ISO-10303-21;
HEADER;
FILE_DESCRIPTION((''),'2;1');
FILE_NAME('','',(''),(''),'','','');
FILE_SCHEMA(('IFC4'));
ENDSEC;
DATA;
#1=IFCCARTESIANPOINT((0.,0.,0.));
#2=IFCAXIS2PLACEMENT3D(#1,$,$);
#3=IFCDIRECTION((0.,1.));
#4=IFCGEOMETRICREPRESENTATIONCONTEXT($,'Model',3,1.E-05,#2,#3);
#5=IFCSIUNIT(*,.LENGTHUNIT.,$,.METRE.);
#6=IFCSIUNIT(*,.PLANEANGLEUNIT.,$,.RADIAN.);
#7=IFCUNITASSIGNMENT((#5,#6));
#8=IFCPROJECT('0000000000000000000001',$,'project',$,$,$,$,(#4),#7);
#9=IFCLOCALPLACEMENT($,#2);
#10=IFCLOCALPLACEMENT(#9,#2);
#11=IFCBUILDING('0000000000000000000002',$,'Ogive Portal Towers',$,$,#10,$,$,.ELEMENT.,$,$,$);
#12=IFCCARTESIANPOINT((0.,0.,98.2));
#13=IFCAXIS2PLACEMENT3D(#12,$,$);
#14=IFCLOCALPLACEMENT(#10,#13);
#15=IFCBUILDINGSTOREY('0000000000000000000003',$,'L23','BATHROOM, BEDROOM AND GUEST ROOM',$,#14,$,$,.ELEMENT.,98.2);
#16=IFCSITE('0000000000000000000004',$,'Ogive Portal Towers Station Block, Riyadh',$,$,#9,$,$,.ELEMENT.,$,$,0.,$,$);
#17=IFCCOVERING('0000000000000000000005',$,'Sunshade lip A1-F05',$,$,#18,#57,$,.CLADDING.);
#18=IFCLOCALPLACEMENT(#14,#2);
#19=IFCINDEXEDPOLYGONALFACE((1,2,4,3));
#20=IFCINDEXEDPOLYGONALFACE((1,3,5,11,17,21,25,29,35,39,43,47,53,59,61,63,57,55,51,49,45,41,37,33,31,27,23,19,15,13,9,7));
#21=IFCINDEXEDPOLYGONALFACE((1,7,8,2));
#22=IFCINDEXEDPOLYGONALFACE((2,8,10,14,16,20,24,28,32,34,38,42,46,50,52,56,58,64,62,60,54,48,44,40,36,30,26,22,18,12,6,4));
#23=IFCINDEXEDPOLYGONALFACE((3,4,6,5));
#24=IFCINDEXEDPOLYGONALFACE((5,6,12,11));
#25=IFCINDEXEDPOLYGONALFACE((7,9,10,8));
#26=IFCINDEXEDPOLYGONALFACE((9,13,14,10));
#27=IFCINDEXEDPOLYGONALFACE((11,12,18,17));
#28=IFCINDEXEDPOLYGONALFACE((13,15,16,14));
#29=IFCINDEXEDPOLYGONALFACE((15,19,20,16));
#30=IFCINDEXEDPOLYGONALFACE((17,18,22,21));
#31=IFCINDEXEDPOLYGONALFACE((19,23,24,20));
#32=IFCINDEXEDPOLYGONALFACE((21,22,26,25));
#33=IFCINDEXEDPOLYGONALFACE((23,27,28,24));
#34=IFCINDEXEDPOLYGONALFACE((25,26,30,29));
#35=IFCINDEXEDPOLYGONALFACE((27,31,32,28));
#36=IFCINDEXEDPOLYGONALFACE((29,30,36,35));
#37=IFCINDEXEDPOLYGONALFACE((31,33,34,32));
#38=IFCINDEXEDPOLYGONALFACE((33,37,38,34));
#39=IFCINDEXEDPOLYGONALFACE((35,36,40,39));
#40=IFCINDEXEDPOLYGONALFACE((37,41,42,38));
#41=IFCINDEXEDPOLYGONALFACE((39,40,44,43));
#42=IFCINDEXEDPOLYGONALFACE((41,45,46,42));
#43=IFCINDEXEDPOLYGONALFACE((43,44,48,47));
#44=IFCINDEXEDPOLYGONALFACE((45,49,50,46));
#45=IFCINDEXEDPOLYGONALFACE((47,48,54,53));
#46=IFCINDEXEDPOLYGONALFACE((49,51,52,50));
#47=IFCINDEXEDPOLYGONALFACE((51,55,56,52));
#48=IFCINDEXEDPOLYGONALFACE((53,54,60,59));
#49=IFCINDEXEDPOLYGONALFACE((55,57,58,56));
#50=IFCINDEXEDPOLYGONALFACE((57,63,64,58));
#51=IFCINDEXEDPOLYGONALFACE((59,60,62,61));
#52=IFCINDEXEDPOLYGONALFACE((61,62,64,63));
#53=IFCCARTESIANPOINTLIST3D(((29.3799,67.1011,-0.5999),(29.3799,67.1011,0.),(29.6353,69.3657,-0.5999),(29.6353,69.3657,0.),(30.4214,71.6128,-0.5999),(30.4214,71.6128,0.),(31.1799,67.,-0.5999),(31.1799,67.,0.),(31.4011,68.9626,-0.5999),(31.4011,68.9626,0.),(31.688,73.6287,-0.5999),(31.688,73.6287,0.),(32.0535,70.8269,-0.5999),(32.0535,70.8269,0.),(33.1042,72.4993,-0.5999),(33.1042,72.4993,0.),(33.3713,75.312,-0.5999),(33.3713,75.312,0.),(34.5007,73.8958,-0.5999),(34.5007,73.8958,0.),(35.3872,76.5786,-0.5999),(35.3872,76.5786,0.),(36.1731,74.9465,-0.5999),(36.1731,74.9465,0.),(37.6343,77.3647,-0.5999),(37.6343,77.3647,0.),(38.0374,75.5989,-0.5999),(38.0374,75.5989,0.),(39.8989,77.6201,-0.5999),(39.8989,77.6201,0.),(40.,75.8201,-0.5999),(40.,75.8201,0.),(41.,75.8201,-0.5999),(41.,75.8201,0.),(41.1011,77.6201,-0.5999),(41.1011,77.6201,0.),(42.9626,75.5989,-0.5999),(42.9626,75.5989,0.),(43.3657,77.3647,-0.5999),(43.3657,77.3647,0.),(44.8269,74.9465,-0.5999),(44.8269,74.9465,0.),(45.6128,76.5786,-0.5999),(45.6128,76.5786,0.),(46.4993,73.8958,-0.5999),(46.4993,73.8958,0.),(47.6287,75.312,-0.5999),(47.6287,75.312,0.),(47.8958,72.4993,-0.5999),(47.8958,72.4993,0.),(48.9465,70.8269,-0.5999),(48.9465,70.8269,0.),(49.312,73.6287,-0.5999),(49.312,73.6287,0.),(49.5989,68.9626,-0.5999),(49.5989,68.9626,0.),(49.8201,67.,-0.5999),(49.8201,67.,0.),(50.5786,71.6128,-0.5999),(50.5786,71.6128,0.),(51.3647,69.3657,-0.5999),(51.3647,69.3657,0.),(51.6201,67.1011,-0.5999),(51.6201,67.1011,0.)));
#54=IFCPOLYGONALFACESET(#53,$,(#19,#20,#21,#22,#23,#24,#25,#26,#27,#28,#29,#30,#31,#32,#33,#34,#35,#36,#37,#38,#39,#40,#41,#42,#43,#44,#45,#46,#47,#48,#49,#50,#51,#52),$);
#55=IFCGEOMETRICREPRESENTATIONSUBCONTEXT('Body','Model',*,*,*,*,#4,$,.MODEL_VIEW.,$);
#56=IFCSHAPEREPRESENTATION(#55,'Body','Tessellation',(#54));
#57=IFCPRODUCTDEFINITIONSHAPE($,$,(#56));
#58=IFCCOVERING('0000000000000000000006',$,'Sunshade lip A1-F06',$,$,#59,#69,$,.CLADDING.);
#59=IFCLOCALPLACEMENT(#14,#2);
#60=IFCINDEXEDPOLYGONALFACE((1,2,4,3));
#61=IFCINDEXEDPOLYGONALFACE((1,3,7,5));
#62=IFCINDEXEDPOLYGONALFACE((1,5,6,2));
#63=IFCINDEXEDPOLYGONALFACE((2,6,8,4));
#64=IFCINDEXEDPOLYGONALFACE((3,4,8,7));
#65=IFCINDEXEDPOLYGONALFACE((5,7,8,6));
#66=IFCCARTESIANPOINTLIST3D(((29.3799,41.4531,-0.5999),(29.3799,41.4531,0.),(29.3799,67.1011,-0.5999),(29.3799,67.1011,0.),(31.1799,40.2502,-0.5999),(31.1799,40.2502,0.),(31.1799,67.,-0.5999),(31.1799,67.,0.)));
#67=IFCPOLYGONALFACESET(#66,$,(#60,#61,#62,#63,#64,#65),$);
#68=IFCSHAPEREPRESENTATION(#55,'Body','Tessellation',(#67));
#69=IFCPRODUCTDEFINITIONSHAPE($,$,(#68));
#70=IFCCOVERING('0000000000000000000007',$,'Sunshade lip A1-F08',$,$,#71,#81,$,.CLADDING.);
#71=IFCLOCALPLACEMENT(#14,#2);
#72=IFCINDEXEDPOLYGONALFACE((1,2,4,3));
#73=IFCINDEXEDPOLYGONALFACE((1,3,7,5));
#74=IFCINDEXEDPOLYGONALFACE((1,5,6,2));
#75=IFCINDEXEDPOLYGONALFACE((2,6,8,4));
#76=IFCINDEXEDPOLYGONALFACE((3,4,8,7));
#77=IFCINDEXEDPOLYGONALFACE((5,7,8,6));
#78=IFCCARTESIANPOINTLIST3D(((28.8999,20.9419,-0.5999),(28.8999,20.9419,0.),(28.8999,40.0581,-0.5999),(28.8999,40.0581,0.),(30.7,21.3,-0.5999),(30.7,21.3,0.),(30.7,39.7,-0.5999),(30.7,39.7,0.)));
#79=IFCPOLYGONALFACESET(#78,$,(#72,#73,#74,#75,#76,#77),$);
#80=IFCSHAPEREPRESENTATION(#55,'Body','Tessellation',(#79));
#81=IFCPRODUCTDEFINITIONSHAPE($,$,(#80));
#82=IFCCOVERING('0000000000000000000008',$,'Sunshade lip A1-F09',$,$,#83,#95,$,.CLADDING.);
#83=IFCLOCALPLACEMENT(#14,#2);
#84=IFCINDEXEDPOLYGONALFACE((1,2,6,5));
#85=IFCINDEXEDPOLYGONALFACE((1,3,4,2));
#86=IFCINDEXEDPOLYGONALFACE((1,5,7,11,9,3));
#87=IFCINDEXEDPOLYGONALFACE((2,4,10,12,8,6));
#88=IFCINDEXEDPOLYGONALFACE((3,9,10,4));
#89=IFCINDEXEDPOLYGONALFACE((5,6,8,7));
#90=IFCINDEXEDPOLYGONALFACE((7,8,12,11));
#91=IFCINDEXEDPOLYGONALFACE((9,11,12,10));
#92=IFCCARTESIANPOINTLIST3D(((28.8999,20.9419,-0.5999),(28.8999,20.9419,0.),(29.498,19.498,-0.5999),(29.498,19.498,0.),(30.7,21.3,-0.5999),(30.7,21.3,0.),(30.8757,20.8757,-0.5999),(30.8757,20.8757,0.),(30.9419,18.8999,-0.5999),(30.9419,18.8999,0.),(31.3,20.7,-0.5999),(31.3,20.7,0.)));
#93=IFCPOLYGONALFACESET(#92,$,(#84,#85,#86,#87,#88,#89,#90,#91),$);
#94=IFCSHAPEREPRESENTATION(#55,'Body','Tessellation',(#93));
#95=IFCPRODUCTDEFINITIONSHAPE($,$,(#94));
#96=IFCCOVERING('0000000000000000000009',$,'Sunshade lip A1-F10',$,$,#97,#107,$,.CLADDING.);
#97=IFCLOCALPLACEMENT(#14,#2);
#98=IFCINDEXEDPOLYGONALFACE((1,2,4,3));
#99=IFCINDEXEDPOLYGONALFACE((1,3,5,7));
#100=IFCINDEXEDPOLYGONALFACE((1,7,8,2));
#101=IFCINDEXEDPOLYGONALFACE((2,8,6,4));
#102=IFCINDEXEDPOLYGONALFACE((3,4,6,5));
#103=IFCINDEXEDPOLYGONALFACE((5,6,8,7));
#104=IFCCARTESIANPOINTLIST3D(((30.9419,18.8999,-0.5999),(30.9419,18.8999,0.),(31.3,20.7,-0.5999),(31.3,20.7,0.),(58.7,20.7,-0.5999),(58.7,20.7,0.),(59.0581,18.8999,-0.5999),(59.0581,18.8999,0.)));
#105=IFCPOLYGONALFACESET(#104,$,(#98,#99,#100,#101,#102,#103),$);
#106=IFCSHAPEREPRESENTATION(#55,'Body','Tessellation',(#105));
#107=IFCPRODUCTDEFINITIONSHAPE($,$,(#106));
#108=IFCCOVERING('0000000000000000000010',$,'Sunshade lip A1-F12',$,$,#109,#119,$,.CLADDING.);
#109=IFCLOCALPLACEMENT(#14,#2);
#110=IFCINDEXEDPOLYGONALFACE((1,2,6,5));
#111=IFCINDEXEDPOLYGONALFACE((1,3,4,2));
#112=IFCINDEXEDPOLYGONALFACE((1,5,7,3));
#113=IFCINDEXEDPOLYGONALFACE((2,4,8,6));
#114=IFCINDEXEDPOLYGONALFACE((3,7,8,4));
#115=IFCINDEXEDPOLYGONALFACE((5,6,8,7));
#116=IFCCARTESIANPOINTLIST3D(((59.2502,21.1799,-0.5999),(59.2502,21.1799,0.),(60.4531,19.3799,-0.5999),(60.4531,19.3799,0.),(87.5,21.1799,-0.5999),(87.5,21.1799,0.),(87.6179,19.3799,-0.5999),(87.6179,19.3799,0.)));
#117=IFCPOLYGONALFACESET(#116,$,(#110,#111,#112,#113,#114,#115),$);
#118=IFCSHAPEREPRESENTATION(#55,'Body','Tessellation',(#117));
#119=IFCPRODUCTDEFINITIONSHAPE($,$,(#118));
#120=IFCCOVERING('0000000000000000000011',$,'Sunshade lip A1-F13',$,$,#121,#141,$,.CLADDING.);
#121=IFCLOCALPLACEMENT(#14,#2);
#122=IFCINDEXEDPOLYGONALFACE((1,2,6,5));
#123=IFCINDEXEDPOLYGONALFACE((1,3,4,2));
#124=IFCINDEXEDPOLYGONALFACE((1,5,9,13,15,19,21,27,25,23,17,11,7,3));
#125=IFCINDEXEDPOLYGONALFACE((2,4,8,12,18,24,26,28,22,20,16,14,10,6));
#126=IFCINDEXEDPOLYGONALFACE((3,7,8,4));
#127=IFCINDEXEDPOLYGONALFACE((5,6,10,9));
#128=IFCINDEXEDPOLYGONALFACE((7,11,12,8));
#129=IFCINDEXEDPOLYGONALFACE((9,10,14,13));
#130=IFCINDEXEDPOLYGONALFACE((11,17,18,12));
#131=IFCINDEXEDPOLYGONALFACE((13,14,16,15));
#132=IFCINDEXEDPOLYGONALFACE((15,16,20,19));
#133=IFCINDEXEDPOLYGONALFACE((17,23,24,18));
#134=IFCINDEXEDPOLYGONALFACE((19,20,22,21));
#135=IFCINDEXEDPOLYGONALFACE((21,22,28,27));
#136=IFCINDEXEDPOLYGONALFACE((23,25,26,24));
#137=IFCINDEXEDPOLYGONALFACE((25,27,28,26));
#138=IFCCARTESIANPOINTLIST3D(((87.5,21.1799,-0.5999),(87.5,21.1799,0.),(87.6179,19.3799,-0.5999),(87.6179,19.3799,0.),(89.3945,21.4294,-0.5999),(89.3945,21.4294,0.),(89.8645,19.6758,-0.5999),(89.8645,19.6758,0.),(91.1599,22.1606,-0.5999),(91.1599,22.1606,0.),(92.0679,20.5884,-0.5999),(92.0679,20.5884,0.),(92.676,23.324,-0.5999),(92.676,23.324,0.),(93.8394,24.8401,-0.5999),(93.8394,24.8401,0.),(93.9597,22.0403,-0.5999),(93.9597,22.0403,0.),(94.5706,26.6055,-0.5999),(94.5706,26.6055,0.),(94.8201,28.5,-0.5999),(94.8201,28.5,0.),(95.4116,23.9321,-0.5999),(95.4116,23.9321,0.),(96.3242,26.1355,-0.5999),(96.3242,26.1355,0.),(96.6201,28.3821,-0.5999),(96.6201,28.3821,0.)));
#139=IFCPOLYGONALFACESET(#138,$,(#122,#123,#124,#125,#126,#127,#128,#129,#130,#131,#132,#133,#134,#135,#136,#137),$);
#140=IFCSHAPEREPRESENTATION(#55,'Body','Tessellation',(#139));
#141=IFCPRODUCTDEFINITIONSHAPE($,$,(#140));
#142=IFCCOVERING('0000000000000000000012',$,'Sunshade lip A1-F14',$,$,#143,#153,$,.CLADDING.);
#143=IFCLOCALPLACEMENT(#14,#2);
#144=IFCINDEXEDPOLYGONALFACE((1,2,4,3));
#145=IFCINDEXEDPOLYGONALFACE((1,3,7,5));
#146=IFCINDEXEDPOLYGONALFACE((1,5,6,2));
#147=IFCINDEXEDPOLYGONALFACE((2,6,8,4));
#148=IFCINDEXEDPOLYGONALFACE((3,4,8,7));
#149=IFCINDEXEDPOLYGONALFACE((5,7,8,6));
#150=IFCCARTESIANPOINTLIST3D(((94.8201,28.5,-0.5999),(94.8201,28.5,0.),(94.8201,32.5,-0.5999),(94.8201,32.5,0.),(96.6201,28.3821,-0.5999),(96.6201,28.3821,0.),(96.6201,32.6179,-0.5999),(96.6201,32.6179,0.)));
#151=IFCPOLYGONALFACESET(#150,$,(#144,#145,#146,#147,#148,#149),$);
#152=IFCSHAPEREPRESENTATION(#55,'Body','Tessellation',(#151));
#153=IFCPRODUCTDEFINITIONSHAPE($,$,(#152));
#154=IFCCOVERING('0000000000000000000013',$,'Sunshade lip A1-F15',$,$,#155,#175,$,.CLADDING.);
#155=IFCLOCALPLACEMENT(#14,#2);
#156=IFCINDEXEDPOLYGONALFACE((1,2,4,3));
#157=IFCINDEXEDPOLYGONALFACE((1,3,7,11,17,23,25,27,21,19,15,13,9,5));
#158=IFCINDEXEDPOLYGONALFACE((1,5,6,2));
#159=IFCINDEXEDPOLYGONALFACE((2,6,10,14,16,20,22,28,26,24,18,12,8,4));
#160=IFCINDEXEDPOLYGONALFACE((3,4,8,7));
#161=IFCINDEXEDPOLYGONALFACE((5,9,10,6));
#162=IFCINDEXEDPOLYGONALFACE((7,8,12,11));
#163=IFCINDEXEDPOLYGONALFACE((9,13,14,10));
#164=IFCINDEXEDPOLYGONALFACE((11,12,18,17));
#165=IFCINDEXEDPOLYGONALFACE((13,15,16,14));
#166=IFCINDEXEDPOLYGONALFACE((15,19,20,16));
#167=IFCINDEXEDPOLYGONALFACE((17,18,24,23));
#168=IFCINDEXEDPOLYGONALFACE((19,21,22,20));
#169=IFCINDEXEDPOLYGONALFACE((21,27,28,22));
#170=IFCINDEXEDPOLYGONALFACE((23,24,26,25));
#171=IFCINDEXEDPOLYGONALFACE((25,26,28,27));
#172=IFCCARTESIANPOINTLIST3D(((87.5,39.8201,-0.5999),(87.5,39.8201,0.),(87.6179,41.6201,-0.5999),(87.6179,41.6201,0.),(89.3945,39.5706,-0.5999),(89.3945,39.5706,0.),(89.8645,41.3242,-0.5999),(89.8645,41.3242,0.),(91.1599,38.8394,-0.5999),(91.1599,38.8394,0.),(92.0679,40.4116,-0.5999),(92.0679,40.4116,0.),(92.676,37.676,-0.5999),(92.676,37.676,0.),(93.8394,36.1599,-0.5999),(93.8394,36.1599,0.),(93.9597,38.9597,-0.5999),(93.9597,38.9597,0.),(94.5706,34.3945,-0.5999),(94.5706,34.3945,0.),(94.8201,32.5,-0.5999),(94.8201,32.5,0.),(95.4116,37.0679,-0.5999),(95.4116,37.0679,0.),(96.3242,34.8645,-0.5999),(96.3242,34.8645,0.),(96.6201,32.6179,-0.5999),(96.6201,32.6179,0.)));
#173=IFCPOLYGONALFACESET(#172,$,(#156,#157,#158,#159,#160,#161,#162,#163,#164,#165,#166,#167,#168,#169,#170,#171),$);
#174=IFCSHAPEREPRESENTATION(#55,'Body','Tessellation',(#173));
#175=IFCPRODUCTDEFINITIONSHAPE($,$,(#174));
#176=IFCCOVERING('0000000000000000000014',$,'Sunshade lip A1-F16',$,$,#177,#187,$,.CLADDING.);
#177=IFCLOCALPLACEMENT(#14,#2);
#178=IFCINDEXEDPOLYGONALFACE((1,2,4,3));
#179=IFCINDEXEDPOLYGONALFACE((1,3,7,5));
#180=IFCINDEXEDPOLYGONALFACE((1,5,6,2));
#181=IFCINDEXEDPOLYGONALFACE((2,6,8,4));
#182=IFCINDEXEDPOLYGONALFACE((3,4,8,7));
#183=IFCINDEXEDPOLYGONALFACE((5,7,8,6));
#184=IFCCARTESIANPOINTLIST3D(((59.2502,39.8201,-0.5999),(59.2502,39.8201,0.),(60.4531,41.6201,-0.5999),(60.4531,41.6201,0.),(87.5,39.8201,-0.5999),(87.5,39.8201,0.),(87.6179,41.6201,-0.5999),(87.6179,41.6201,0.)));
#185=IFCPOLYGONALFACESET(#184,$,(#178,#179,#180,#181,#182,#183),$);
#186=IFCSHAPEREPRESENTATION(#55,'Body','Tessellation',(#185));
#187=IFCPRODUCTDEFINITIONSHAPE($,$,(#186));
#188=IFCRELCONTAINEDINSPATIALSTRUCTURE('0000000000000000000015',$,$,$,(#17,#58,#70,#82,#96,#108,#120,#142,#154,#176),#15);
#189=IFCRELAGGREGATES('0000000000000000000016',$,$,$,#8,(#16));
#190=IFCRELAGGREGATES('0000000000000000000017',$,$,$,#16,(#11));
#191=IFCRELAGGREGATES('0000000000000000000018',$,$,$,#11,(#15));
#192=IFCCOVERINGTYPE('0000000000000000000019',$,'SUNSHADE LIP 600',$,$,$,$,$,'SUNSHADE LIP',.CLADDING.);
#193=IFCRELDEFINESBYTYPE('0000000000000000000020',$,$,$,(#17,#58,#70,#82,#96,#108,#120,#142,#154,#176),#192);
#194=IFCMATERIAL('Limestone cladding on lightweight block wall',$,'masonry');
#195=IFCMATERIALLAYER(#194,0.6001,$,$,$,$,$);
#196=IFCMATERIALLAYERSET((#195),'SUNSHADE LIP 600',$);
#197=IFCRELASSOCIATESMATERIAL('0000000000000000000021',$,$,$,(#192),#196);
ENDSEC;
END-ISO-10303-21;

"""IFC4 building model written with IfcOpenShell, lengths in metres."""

from ifc_helpers import new_model, si_unit, direction, frame, origin, place, context, subcontext, project, spatial, polyline, outline, extrude, material, layer, layer_set, type_object, element, save


model = new_model("IFC4")

# Units and contexts
model_context = context("Model", 3, precision=1e-05, world=origin(), true_north=direction((0.0, 1.0)))
body_context = subcontext(model_context, "Body", "Model", "MODEL_VIEW")
ifc_project = project(units=[si_unit("LENGTHUNIT", "METRE"), si_unit("PLANEANGLEUNIT", "RADIAN")], contexts=[model_context])

# Site, building, storey
site_placement = place(None, origin())
site = spatial("IfcSite", under=ifc_project, at=site_placement, Name="Ogive Portal Towers Station Block, Riyadh", CompositionType="ELEMENT", RefElevation=0.0)
building_placement = place(site_placement, origin())
building = spatial("IfcBuilding", under=site, at=building_placement, Name="Ogive Portal Towers", CompositionType="ELEMENT")
storey_placement = place(building_placement, frame((0.0, 0.0, 98.2)))
storey = spatial("IfcBuildingStorey", under=building, at=storey_placement, Name="L23", Description="BATHROOM, BEDROOM AND GUEST ROOM", CompositionType="ELEMENT", Elevation=98.2)

# Coverings
ifc_material_1 = material(Name="Limestone cladding on lightweight block wall", Category="masonry")
ifc_layer_1 = layer(ifc_material_1, 0.6001)
ifc_layer_set_1 = layer_set([ifc_layer_1], Name="SUNSHADE LIP 600")
covering_type_1 = type_object("IfcCoveringType", Name="SUNSHADE LIP 600", ElementType="SUNSHADE LIP", PredefinedType="CLADDING", material=ifc_layer_set_1)
covering_1_placement = place(storey_placement, frame((0.0, 0.0, -0.5999)))
element("IfcCovering", 1, at=covering_1_placement, inside=storey, type_object=covering_type_1, Name="Sunshade lip A1-F05", PredefinedType="CLADDING", context=body_context, shape_type="SweptSolid", body=[
    extrude(outline(polyline([(49.8201, 67.0), (49.5989, 68.9626), (48.9465, 70.8269), (47.8958, 72.4993), (46.4993, 73.8958), (44.8269, 74.9465), (42.9626, 75.5989), (41.0, 75.8201), (40.0, 75.8201), (38.0374, 75.5989), (36.1731, 74.9465), (34.5007, 73.8958), (33.1042, 72.4993), (32.0535, 70.8269), (31.4011, 68.9626), (31.1799, 67.0), (29.3799, 67.1011), (29.6353, 69.3657), (30.4214, 71.6128), (31.688, 73.6287), (33.3713, 75.312), (35.3872, 76.5786), (37.6343, 77.3647), (39.8989, 77.6201), (41.1011, 77.6201), (43.3657, 77.3647), (45.6128, 76.5786), (47.6287, 75.312), (49.312, 73.6287), (50.5786, 71.6128), (51.3647, 69.3657), (51.6201, 67.1011), (49.8201, 67.0)])), origin(), (0.0, 0.0, 1.0), 0.5999),
])
covering_2_placement = place(storey_placement, frame((0.0, 0.0, -0.5999)))
element("IfcCovering", 2, at=covering_2_placement, inside=storey, type_object=covering_type_1, Name="Sunshade lip A1-F06", PredefinedType="CLADDING", context=body_context, shape_type="SweptSolid", body=[
    extrude(outline(polyline([(31.1799, 67.0), (31.1799, 40.2502), (29.3799, 41.4531), (29.3799, 67.1011), (31.1799, 67.0)])), origin(), (0.0, 0.0, 1.0), 0.5999),
])
covering_3_placement = place(storey_placement, frame((0.0, 0.0, -0.5999)))
element("IfcCovering", 3, at=covering_3_placement, inside=storey, type_object=covering_type_1, Name="Sunshade lip A1-F08", PredefinedType="CLADDING", context=body_context, shape_type="SweptSolid", body=[
    extrude(outline(polyline([(30.7, 39.7), (30.7, 21.3), (28.8999, 20.9419), (28.8999, 40.0581), (30.7, 39.7)])), origin(), (0.0, 0.0, 1.0), 0.5999),
])
covering_4_placement = place(storey_placement, frame((0.0, 0.0, -0.5999)))
element("IfcCovering", 4, at=covering_4_placement, inside=storey, type_object=covering_type_1, Name="Sunshade lip A1-F09", PredefinedType="CLADDING", context=body_context, shape_type="SweptSolid", body=[
    extrude(outline(polyline([(30.7, 21.3), (30.8757, 20.8757), (31.3, 20.7), (30.9419, 18.8999), (29.498, 19.498), (28.8999, 20.9419), (30.7, 21.3)])), origin(), (0.0, 0.0, 1.0), 0.5999),
])
covering_5_placement = place(storey_placement, frame((0.0, 0.0, -0.5999)))
element("IfcCovering", 5, at=covering_5_placement, inside=storey, type_object=covering_type_1, Name="Sunshade lip A1-F10", PredefinedType="CLADDING", context=body_context, shape_type="SweptSolid", body=[
    extrude(outline(polyline([(31.3, 20.7), (58.7, 20.7), (59.0581, 18.8999), (30.9419, 18.8999), (31.3, 20.7)])), origin(), (0.0, 0.0, 1.0), 0.5999),
])
covering_6_placement = place(storey_placement, frame((0.0, 0.0, -0.5999)))
element("IfcCovering", 6, at=covering_6_placement, inside=storey, type_object=covering_type_1, Name="Sunshade lip A1-F12", PredefinedType="CLADDING", context=body_context, shape_type="SweptSolid", body=[
    extrude(outline(polyline([(59.2502, 21.1799), (87.5, 21.1799), (87.6179, 19.3799), (60.4531, 19.3799), (59.2502, 21.1799)])), origin(), (0.0, 0.0, 1.0), 0.5999),
])
covering_7_placement = place(storey_placement, frame((0.0, 0.0, -0.5999)))
element("IfcCovering", 7, at=covering_7_placement, inside=storey, type_object=covering_type_1, Name="Sunshade lip A1-F13", PredefinedType="CLADDING", context=body_context, shape_type="SweptSolid", body=[
    extrude(outline(polyline([(87.5, 21.1799), (89.3945, 21.4294), (91.1599, 22.1606), (92.676, 23.324), (93.8394, 24.8401), (94.5706, 26.6055), (94.8201, 28.5), (96.6201, 28.3821), (96.3242, 26.1355), (95.4116, 23.9321), (93.9597, 22.0403), (92.0679, 20.5884), (89.8645, 19.6758), (87.6179, 19.3799), (87.5, 21.1799)])), origin(), (0.0, 0.0, 1.0), 0.5999),
])
covering_8_placement = place(storey_placement, frame((0.0, 0.0, -0.5999)))
element("IfcCovering", 8, at=covering_8_placement, inside=storey, type_object=covering_type_1, Name="Sunshade lip A1-F14", PredefinedType="CLADDING", context=body_context, shape_type="SweptSolid", body=[
    extrude(outline(polyline([(94.8201, 28.5), (94.8201, 32.5), (96.6201, 32.6179), (96.6201, 28.3821), (94.8201, 28.5)])), origin(), (0.0, 0.0, 1.0), 0.5999),
])
covering_9_placement = place(storey_placement, frame((0.0, 0.0, -0.5999)))
element("IfcCovering", 9, at=covering_9_placement, inside=storey, type_object=covering_type_1, Name="Sunshade lip A1-F15", PredefinedType="CLADDING", context=body_context, shape_type="SweptSolid", body=[
    extrude(outline(polyline([(94.8201, 32.5), (94.5706, 34.3945), (93.8394, 36.1599), (92.676, 37.676), (91.1599, 38.8394), (89.3945, 39.5706), (87.5, 39.8201), (87.6179, 41.6201), (89.8645, 41.3242), (92.0679, 40.4116), (93.9597, 38.9597), (95.4116, 37.0679), (96.3242, 34.8645), (96.6201, 32.6179), (94.8201, 32.5)])), origin(), (0.0, 0.0, 1.0), 0.5999),
])
covering_10_placement = place(storey_placement, frame((0.0, 0.0, -0.5999)))
element("IfcCovering", 10, at=covering_10_placement, inside=storey, type_object=covering_type_1, Name="Sunshade lip A1-F16", PredefinedType="CLADDING", context=body_context, shape_type="SweptSolid", body=[
    extrude(outline(polyline([(87.5, 39.8201), (59.2502, 39.8201), (60.4531, 41.6201), (87.6179, 41.6201), (87.5, 39.8201)])), origin(), (0.0, 0.0, 1.0), 0.5999),
])

save(model, "model.ifc")
